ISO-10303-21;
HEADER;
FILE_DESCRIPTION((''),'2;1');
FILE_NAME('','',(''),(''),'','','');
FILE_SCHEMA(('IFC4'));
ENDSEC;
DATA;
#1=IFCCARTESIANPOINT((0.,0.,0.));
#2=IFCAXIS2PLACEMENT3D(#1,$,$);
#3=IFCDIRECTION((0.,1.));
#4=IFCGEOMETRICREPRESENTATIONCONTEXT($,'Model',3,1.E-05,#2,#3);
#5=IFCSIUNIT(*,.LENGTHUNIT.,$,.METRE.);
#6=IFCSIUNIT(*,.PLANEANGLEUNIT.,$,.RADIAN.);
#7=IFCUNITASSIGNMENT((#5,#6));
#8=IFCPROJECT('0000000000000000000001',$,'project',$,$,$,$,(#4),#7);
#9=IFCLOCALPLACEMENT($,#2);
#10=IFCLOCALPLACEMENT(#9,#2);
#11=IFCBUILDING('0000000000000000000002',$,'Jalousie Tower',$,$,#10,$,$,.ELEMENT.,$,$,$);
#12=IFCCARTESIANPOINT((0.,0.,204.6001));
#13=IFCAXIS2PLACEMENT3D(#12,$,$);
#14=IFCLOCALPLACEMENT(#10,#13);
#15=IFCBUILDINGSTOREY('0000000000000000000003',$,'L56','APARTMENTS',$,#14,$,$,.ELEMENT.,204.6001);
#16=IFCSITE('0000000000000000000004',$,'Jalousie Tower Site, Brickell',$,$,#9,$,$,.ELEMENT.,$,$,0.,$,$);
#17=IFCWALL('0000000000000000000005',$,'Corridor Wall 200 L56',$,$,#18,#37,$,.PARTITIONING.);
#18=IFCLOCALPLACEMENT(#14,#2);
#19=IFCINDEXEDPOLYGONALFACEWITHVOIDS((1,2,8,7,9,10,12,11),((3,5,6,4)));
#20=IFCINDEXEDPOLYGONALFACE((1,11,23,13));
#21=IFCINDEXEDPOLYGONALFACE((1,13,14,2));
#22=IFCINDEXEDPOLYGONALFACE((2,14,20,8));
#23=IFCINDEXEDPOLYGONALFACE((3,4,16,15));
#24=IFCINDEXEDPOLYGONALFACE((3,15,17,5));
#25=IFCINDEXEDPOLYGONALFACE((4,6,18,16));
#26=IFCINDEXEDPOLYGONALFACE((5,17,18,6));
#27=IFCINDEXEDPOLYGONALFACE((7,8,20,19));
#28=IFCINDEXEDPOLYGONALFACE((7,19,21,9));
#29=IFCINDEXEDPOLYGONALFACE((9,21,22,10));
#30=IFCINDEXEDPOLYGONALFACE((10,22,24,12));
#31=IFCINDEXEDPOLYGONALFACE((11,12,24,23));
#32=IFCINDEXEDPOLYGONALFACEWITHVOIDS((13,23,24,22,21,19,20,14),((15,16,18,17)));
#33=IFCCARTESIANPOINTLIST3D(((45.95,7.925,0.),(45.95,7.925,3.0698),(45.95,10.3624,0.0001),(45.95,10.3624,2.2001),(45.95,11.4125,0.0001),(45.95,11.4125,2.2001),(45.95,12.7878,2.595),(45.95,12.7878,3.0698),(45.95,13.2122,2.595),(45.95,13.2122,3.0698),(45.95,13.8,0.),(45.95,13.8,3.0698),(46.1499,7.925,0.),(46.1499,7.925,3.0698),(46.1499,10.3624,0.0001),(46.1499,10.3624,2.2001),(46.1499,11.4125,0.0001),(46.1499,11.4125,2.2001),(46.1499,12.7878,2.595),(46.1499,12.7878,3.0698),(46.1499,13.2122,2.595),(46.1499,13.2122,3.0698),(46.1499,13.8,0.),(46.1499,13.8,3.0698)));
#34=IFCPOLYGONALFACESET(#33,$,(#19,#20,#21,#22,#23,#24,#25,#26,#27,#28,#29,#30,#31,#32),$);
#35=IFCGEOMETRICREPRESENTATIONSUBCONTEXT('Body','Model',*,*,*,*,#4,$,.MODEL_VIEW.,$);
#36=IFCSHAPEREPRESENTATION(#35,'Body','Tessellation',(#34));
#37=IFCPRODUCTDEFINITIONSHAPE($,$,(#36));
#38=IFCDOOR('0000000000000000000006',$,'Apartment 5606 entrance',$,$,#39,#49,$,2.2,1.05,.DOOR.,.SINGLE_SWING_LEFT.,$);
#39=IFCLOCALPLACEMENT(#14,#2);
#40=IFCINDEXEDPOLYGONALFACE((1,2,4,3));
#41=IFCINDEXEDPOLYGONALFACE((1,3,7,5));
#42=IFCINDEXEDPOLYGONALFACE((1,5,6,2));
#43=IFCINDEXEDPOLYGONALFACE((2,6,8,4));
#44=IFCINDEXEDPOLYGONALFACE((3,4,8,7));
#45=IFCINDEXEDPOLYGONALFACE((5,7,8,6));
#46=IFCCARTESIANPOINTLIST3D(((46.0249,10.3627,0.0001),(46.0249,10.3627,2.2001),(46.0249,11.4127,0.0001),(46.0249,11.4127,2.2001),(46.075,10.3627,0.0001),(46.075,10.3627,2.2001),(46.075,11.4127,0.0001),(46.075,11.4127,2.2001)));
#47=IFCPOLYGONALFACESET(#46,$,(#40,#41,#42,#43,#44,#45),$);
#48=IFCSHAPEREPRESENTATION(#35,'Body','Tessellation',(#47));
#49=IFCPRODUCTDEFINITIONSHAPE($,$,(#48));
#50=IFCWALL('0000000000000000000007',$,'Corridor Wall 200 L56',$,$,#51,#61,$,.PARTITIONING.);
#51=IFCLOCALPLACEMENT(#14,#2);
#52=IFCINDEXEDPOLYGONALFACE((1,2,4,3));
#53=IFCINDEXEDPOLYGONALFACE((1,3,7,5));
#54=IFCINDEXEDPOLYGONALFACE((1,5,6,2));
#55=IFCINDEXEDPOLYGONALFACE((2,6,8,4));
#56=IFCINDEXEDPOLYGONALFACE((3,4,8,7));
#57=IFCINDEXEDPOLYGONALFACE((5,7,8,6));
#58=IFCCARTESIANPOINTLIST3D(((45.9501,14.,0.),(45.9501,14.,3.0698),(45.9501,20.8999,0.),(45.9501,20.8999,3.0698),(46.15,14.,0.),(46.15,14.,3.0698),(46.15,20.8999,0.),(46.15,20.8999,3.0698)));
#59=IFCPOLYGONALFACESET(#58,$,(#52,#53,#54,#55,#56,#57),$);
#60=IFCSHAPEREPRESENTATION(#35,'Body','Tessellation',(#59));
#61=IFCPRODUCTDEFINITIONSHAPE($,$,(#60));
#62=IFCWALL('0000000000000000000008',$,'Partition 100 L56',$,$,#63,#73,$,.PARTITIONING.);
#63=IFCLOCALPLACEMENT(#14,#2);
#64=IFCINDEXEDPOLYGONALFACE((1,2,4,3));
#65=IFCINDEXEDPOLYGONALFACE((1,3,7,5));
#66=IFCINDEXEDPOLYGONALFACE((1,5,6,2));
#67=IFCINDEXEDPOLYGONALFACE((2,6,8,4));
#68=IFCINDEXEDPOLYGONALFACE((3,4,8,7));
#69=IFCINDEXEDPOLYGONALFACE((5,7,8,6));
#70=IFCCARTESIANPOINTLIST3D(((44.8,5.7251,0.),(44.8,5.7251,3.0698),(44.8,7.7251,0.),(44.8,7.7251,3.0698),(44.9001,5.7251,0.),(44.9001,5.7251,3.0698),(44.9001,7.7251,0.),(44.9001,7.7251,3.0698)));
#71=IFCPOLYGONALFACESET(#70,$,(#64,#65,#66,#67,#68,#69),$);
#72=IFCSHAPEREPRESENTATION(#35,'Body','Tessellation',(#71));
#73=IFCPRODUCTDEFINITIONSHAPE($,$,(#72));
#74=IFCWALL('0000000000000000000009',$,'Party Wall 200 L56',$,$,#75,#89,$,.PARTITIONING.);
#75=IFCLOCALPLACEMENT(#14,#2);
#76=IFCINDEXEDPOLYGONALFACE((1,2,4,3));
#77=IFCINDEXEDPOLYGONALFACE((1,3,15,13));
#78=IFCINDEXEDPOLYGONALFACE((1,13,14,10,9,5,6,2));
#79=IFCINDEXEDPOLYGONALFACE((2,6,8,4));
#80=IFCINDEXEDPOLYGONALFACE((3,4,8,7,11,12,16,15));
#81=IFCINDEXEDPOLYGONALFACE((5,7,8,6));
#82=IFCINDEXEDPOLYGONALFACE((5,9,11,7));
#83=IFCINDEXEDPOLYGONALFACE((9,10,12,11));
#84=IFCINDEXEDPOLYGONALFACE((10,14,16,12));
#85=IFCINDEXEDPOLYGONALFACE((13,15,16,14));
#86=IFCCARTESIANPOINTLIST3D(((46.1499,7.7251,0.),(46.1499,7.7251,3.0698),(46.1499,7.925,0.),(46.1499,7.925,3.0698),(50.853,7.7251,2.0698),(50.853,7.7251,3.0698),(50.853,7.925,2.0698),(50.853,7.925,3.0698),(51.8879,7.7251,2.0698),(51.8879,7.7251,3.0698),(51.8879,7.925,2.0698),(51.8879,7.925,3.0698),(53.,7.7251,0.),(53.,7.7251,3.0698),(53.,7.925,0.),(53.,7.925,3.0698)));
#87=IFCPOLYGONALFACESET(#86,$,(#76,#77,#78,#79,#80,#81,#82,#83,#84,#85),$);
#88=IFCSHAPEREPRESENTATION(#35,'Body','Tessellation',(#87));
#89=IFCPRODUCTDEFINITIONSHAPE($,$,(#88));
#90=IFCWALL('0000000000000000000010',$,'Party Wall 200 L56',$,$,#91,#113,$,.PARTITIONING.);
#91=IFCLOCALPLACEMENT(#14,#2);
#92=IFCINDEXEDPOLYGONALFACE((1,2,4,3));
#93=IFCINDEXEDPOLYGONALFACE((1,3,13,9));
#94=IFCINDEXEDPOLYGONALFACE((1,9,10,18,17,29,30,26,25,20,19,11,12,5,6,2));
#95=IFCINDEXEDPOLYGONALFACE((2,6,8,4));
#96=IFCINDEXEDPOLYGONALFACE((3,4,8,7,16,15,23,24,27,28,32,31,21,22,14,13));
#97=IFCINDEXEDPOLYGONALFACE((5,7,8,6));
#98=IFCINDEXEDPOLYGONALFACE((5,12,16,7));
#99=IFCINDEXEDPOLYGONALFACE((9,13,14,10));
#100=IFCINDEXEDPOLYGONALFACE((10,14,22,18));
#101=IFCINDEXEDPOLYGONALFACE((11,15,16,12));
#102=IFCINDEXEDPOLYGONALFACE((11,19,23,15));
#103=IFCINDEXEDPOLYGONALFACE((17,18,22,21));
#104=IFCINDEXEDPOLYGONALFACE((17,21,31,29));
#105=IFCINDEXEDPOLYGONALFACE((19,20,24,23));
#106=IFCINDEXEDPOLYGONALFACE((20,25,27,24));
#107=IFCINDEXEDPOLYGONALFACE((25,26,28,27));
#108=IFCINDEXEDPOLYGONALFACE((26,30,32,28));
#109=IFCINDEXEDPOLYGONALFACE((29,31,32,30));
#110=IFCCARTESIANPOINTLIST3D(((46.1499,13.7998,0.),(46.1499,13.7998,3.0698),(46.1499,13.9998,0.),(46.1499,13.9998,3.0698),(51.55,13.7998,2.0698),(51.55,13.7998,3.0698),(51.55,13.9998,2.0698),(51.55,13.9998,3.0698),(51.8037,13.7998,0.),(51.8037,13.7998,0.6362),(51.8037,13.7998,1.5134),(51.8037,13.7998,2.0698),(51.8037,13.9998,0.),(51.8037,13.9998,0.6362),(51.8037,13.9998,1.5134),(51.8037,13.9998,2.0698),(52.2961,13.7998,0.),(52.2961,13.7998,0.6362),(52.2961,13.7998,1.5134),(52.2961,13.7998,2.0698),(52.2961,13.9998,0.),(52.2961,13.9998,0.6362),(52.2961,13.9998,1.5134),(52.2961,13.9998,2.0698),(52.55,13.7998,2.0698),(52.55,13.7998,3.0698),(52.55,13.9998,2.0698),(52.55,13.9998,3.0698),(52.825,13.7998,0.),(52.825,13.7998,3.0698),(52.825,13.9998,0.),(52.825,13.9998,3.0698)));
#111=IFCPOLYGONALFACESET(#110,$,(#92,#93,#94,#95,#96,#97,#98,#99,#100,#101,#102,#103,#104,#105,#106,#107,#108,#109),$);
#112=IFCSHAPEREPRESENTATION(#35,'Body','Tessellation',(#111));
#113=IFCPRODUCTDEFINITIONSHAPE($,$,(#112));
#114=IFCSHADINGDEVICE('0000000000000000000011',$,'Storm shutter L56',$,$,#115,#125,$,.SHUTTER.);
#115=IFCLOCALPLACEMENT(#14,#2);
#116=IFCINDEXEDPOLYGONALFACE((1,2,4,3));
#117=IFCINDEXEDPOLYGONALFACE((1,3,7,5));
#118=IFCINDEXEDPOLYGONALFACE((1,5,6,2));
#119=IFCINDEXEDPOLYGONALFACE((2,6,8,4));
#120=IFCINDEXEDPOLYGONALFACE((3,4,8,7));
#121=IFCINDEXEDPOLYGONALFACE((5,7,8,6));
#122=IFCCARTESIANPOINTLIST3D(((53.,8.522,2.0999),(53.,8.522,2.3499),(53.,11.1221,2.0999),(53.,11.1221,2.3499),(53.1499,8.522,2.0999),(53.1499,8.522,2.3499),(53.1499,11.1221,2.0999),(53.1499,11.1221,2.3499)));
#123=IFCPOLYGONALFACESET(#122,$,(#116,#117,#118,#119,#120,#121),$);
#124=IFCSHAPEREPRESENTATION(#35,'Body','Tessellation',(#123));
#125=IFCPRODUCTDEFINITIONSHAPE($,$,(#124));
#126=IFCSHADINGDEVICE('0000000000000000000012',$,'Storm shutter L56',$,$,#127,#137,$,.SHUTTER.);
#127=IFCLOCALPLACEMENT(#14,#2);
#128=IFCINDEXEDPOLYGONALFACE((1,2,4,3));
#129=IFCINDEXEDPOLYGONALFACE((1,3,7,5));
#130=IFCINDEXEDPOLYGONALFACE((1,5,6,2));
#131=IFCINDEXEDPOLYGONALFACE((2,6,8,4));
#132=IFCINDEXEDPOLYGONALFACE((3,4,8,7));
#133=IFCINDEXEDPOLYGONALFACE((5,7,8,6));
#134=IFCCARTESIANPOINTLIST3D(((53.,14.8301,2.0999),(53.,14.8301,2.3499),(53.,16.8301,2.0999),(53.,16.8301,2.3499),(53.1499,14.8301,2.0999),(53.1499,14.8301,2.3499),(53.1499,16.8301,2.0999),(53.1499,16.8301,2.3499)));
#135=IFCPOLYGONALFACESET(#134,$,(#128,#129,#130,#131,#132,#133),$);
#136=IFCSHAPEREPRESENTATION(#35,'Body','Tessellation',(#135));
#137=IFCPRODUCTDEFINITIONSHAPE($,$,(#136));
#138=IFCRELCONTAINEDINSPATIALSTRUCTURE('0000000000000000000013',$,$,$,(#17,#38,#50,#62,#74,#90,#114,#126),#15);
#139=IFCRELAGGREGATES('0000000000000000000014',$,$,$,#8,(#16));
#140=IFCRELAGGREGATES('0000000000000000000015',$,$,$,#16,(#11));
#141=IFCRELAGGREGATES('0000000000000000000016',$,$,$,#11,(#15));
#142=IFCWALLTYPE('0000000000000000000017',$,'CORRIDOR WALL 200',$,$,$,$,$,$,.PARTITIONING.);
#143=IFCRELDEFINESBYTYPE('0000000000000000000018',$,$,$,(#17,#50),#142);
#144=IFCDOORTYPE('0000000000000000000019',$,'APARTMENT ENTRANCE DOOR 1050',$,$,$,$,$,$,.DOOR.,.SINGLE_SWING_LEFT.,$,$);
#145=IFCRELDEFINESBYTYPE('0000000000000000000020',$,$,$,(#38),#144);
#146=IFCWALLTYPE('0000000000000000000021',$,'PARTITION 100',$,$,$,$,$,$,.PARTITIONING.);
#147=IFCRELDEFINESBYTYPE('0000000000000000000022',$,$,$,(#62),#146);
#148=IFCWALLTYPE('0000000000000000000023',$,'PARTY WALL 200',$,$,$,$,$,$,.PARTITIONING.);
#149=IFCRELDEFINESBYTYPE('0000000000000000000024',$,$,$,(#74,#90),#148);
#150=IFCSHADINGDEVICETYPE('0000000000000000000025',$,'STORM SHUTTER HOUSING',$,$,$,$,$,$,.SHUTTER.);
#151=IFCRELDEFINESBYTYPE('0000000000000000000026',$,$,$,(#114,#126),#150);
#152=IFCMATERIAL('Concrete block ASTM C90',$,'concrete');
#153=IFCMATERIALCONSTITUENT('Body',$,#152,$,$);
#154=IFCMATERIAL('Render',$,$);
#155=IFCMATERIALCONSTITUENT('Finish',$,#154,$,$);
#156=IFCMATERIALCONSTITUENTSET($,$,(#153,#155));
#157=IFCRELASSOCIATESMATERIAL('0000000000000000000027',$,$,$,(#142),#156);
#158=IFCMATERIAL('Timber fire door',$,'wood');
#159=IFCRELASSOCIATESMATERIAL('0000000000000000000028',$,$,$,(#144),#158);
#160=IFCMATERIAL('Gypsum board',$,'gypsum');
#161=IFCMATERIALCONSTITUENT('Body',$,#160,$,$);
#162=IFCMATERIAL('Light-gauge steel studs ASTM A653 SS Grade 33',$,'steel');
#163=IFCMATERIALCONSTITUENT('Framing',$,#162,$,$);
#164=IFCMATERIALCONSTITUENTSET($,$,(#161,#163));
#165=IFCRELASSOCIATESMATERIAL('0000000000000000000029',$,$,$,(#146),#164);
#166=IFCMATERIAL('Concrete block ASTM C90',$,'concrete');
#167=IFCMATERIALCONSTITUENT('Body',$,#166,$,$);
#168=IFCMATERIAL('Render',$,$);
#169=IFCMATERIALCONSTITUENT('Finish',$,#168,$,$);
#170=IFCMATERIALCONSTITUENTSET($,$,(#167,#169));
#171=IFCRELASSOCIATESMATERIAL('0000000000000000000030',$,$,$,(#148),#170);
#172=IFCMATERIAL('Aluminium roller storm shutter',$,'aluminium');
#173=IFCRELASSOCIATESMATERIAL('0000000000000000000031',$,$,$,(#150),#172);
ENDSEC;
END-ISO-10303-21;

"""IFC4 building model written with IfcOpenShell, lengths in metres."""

from ifc_helpers import new_model, si_unit, direction, frame, frame_2d, origin, origin_2d, place, context, subcontext, project, spatial, polyline, rectangle, outline, extrude, material, constituent, constituent_set, type_object, element, fill, save


model = new_model("IFC4")

# Units and contexts
model_context = context("Model", 3, precision=1e-05, world=origin(), true_north=direction((0.0, 1.0)))
body_context = subcontext(model_context, "Body", "Model", "MODEL_VIEW")
ifc_project = project(units=[si_unit("LENGTHUNIT", "METRE"), si_unit("PLANEANGLEUNIT", "RADIAN")], contexts=[model_context])

# Site, building, storey
site_placement = place(None, origin())
site = spatial("IfcSite", under=ifc_project, at=site_placement, Name="Jalousie Tower Site, Brickell", CompositionType="ELEMENT", RefElevation=0.0)
building_placement = place(site_placement, origin())
building = spatial("IfcBuilding", under=site, at=building_placement, Name="Jalousie Tower", CompositionType="ELEMENT")
storey_placement = place(building_placement, frame((0.0, 0.0, 204.6001)))
storey = spatial("IfcBuildingStorey", under=building, at=storey_placement, Name="L56", Description="APARTMENTS", CompositionType="ELEMENT", Elevation=204.6001)

# Wall, opening, door
ifc_material_1 = material(Name="Concrete block ASTM C90", Category="concrete")
ifc_constituent_1 = constituent(ifc_material_1, Name="Body")
ifc_material_2 = material(Name="Render")
ifc_constituent_2 = constituent(ifc_material_2, Name="Finish")
ifc_constituent_set_1 = constituent_set(constituents=[ifc_constituent_1, ifc_constituent_2])
wall_type_1 = type_object("IfcWallType", Name="CORRIDOR WALL 200", PredefinedType="PARTITIONING", material=ifc_constituent_set_1)
wall_1_placement = place(storey_placement, frame((46.05, 7.925, 0.0), z_axis=(0.0, 0.0, 1.0), x_axis=(0.0, 1.0, 0.0)))
wall_1 = element("IfcWall", 1, at=wall_1_placement, inside=storey, type_object=wall_type_1, Name="Corridor Wall 200 L56", PredefinedType="PARTITIONING", context=body_context, shape_type="SweptSolid", body=[
    extrude(outline(polyline([(0.0, 0.0), (5.875, 0.0), (5.875, 3.0698), (5.2871, 3.0698), (5.2871, 2.595), (4.8628, 2.595), (4.8628, 3.0698), (0.0, 3.0698), (0.0, 0.0)])), frame((0.0, 0.1001, 0.0), z_axis=(0.0, -1.0, 0.0), x_axis=(1.0, 0.0, 0.0)), (0.0, 0.0, 1.0), 0.2),
])
opening_1_placement = place(wall_1_placement, frame((2.4375, 0.0, 0.0)))
opening_1 = element("IfcOpeningElement", 2, at=opening_1_placement, cuts=wall_1, PredefinedType="OPENING", context=body_context, shape_type="SweptSolid", body=[
    extrude(rectangle(XDim=1.05, YDim=2.2, at=frame_2d((0.5249, 1.1001))), frame((0.0, 0.1099, 0.0), z_axis=(0.0, -1.0, 0.0), x_axis=(1.0, 0.0, 0.0)), (0.0, 0.0, 1.0), 0.22),
])
ifc_material_3 = material(Name="Timber fire door", Category="wood")
door_type_1 = type_object("IfcDoorType", Name="APARTMENT ENTRANCE DOOR 1050", OperationType="SINGLE_SWING_LEFT", PredefinedType="DOOR", material=ifc_material_3)
door_1_placement = place(opening_1_placement, frame((1.05, 0.0, 0.0), z_axis=(0.0, 0.0, 1.0), x_axis=(-1.0, 0.0, 0.0)))
door_1 = element("IfcDoor", 3, at=door_1_placement, inside=storey, type_object=door_type_1, Name="Apartment 5606 entrance", OperationType="SINGLE_SWING_LEFT", OverallHeight=2.2, OverallWidth=1.05, PredefinedType="DOOR", context=body_context, shape_type="SweptSolid", body=[
    extrude(rectangle(XDim=1.05, YDim=2.2, at=frame_2d((0.5249, 1.1001))), frame((0.0, 0.0249, 0.0), z_axis=(0.0, -1.0, 0.0), x_axis=(1.0, 0.0, 0.0)), (0.0, 0.0, 1.0), 0.05),
])
fill(opening_1, door_1)

# Walls
wall_2_placement = place(storey_placement, frame((46.05, 14.0, 0.0), z_axis=(0.0, 0.0, 1.0), x_axis=(0.0, 1.0, 0.0)))
element("IfcWall", 4, at=wall_2_placement, inside=storey, type_object=wall_type_1, Name="Corridor Wall 200 L56", PredefinedType="PARTITIONING", context=body_context, shape_type="SweptSolid", body=[
    extrude(rectangle(XDim=6.8999, YDim=0.2, at=frame_2d((3.45, 0.0))), origin(), (0.0, 0.0, 1.0), 3.0698),
])
ifc_material_4 = material(Name="Gypsum board", Category="gypsum")
ifc_constituent_3 = constituent(ifc_material_4, Name="Body")
ifc_material_5 = material(Name="Light-gauge steel studs ASTM A653 SS Grade 33", Category="steel")
ifc_constituent_4 = constituent(ifc_material_5, Name="Framing")
ifc_constituent_set_2 = constituent_set(constituents=[ifc_constituent_3, ifc_constituent_4])
wall_type_2 = type_object("IfcWallType", Name="PARTITION 100", PredefinedType="PARTITIONING", material=ifc_constituent_set_2)
wall_3_placement = place(storey_placement, frame((44.8501, 7.7251, 0.0), z_axis=(0.0, 0.0, 1.0), x_axis=(0.0, -1.0, 0.0)))
element("IfcWall", 5, at=wall_3_placement, inside=storey, type_object=wall_type_2, Name="Partition 100 L56", PredefinedType="PARTITIONING", context=body_context, shape_type="SweptSolid", body=[
    extrude(rectangle(XDim=2.0, YDim=0.1001, at=frame_2d((1.0, 0.0))), origin(), (0.0, 0.0, 1.0), 3.0698),
])
ifc_material_6 = material(Name="Concrete block ASTM C90", Category="concrete")
ifc_constituent_5 = constituent(ifc_material_6, Name="Body")
ifc_material_7 = material(Name="Render")
ifc_constituent_6 = constituent(ifc_material_7, Name="Finish")
ifc_constituent_set_3 = constituent_set(constituents=[ifc_constituent_5, ifc_constituent_6])
wall_type_3 = type_object("IfcWallType", Name="PARTY WALL 200", PredefinedType="PARTITIONING", material=ifc_constituent_set_3)
wall_4_placement = place(storey_placement, frame((46.1499, 7.825, 0.0), z_axis=(0.0, 0.0, 1.0), x_axis=(1.0, 0.0, 0.0)))
element("IfcWall", 6, at=wall_4_placement, inside=storey, type_object=wall_type_3, Name="Party Wall 200 L56", PredefinedType="PARTITIONING", context=body_context, shape_type="SweptSolid", body=[
    extrude(outline(polyline([(0.0, 0.0), (6.8501, 0.0), (6.8501, 3.0698), (5.738, 3.0698), (5.738, 2.0698), (4.7031, 2.0698), (4.7031, 3.0698), (0.0, 3.0698), (0.0, 0.0)])), frame((0.0, 0.1001, 0.0), z_axis=(0.0, -1.0, 0.0), x_axis=(1.0, 0.0, 0.0)), (0.0, 0.0, 1.0), 0.2),
])
wall_5_placement = place(storey_placement, frame((52.825, 13.8999, 0.0), z_axis=(0.0, 0.0, 1.0), x_axis=(-1.0, 0.0, 0.0)))
element("IfcWall", 7, at=wall_5_placement, inside=storey, type_object=wall_type_3, Name="Party Wall 200 L56", PredefinedType="PARTITIONING", context=body_context, shape_type="SweptSolid", body=[
    extrude(outline(polyline([(6.675, 0.0), (6.675, 3.0698), (1.2749, 3.0698), (1.2749, 2.0698), (1.0212, 2.0698), (1.0212, 1.5134), (0.5288, 1.5134), (0.5288, 2.0698), (0.2749, 2.0698), (0.2749, 3.0698), (0.0, 3.0698), (0.0, 0.0), (0.5288, 0.0), (0.5288, 0.6362), (1.0212, 0.6362), (1.0212, 0.0), (6.675, 0.0)])), frame((0.0, 0.1001, 0.0), z_axis=(0.0, -1.0, 0.0), x_axis=(1.0, 0.0, 0.0)), (0.0, 0.0, 1.0), 0.2),
])

# Shading devices
ifc_material_8 = material(Name="Aluminium roller storm shutter", Category="aluminium")
shading_device_type = type_object("IfcShadingDeviceType", Name="STORM SHUTTER HOUSING", PredefinedType="SHUTTER", material=ifc_material_8)
shading_device_1_placement = place(storey_placement, frame((53.075, 9.822, 2.0999), z_axis=(0.0, 0.0, 1.0), x_axis=(0.0, 1.0, 0.0)))
element("IfcShadingDevice", 8, at=shading_device_1_placement, inside=storey, type_object=shading_device_type, Name="Storm shutter L56", PredefinedType="SHUTTER", context=body_context, shape_type="SweptSolid", body=[
    extrude(rectangle(XDim=2.6001, YDim=0.1499, at=origin_2d()), origin(), (0.0, 0.0, 1.0), 0.25),
])
shading_device_2_placement = place(storey_placement, frame((53.075, 15.8301, 2.0999), z_axis=(0.0, 0.0, 1.0), x_axis=(0.0, 1.0, 0.0)))
element("IfcShadingDevice", 9, at=shading_device_2_placement, inside=storey, type_object=shading_device_type, Name="Storm shutter L56", PredefinedType="SHUTTER", context=body_context, shape_type="SweptSolid", body=[
    extrude(rectangle(XDim=2.0, YDim=0.1499, at=origin_2d()), origin(), (0.0, 0.0, 1.0), 0.25),
])

save(model, "model.ifc")
